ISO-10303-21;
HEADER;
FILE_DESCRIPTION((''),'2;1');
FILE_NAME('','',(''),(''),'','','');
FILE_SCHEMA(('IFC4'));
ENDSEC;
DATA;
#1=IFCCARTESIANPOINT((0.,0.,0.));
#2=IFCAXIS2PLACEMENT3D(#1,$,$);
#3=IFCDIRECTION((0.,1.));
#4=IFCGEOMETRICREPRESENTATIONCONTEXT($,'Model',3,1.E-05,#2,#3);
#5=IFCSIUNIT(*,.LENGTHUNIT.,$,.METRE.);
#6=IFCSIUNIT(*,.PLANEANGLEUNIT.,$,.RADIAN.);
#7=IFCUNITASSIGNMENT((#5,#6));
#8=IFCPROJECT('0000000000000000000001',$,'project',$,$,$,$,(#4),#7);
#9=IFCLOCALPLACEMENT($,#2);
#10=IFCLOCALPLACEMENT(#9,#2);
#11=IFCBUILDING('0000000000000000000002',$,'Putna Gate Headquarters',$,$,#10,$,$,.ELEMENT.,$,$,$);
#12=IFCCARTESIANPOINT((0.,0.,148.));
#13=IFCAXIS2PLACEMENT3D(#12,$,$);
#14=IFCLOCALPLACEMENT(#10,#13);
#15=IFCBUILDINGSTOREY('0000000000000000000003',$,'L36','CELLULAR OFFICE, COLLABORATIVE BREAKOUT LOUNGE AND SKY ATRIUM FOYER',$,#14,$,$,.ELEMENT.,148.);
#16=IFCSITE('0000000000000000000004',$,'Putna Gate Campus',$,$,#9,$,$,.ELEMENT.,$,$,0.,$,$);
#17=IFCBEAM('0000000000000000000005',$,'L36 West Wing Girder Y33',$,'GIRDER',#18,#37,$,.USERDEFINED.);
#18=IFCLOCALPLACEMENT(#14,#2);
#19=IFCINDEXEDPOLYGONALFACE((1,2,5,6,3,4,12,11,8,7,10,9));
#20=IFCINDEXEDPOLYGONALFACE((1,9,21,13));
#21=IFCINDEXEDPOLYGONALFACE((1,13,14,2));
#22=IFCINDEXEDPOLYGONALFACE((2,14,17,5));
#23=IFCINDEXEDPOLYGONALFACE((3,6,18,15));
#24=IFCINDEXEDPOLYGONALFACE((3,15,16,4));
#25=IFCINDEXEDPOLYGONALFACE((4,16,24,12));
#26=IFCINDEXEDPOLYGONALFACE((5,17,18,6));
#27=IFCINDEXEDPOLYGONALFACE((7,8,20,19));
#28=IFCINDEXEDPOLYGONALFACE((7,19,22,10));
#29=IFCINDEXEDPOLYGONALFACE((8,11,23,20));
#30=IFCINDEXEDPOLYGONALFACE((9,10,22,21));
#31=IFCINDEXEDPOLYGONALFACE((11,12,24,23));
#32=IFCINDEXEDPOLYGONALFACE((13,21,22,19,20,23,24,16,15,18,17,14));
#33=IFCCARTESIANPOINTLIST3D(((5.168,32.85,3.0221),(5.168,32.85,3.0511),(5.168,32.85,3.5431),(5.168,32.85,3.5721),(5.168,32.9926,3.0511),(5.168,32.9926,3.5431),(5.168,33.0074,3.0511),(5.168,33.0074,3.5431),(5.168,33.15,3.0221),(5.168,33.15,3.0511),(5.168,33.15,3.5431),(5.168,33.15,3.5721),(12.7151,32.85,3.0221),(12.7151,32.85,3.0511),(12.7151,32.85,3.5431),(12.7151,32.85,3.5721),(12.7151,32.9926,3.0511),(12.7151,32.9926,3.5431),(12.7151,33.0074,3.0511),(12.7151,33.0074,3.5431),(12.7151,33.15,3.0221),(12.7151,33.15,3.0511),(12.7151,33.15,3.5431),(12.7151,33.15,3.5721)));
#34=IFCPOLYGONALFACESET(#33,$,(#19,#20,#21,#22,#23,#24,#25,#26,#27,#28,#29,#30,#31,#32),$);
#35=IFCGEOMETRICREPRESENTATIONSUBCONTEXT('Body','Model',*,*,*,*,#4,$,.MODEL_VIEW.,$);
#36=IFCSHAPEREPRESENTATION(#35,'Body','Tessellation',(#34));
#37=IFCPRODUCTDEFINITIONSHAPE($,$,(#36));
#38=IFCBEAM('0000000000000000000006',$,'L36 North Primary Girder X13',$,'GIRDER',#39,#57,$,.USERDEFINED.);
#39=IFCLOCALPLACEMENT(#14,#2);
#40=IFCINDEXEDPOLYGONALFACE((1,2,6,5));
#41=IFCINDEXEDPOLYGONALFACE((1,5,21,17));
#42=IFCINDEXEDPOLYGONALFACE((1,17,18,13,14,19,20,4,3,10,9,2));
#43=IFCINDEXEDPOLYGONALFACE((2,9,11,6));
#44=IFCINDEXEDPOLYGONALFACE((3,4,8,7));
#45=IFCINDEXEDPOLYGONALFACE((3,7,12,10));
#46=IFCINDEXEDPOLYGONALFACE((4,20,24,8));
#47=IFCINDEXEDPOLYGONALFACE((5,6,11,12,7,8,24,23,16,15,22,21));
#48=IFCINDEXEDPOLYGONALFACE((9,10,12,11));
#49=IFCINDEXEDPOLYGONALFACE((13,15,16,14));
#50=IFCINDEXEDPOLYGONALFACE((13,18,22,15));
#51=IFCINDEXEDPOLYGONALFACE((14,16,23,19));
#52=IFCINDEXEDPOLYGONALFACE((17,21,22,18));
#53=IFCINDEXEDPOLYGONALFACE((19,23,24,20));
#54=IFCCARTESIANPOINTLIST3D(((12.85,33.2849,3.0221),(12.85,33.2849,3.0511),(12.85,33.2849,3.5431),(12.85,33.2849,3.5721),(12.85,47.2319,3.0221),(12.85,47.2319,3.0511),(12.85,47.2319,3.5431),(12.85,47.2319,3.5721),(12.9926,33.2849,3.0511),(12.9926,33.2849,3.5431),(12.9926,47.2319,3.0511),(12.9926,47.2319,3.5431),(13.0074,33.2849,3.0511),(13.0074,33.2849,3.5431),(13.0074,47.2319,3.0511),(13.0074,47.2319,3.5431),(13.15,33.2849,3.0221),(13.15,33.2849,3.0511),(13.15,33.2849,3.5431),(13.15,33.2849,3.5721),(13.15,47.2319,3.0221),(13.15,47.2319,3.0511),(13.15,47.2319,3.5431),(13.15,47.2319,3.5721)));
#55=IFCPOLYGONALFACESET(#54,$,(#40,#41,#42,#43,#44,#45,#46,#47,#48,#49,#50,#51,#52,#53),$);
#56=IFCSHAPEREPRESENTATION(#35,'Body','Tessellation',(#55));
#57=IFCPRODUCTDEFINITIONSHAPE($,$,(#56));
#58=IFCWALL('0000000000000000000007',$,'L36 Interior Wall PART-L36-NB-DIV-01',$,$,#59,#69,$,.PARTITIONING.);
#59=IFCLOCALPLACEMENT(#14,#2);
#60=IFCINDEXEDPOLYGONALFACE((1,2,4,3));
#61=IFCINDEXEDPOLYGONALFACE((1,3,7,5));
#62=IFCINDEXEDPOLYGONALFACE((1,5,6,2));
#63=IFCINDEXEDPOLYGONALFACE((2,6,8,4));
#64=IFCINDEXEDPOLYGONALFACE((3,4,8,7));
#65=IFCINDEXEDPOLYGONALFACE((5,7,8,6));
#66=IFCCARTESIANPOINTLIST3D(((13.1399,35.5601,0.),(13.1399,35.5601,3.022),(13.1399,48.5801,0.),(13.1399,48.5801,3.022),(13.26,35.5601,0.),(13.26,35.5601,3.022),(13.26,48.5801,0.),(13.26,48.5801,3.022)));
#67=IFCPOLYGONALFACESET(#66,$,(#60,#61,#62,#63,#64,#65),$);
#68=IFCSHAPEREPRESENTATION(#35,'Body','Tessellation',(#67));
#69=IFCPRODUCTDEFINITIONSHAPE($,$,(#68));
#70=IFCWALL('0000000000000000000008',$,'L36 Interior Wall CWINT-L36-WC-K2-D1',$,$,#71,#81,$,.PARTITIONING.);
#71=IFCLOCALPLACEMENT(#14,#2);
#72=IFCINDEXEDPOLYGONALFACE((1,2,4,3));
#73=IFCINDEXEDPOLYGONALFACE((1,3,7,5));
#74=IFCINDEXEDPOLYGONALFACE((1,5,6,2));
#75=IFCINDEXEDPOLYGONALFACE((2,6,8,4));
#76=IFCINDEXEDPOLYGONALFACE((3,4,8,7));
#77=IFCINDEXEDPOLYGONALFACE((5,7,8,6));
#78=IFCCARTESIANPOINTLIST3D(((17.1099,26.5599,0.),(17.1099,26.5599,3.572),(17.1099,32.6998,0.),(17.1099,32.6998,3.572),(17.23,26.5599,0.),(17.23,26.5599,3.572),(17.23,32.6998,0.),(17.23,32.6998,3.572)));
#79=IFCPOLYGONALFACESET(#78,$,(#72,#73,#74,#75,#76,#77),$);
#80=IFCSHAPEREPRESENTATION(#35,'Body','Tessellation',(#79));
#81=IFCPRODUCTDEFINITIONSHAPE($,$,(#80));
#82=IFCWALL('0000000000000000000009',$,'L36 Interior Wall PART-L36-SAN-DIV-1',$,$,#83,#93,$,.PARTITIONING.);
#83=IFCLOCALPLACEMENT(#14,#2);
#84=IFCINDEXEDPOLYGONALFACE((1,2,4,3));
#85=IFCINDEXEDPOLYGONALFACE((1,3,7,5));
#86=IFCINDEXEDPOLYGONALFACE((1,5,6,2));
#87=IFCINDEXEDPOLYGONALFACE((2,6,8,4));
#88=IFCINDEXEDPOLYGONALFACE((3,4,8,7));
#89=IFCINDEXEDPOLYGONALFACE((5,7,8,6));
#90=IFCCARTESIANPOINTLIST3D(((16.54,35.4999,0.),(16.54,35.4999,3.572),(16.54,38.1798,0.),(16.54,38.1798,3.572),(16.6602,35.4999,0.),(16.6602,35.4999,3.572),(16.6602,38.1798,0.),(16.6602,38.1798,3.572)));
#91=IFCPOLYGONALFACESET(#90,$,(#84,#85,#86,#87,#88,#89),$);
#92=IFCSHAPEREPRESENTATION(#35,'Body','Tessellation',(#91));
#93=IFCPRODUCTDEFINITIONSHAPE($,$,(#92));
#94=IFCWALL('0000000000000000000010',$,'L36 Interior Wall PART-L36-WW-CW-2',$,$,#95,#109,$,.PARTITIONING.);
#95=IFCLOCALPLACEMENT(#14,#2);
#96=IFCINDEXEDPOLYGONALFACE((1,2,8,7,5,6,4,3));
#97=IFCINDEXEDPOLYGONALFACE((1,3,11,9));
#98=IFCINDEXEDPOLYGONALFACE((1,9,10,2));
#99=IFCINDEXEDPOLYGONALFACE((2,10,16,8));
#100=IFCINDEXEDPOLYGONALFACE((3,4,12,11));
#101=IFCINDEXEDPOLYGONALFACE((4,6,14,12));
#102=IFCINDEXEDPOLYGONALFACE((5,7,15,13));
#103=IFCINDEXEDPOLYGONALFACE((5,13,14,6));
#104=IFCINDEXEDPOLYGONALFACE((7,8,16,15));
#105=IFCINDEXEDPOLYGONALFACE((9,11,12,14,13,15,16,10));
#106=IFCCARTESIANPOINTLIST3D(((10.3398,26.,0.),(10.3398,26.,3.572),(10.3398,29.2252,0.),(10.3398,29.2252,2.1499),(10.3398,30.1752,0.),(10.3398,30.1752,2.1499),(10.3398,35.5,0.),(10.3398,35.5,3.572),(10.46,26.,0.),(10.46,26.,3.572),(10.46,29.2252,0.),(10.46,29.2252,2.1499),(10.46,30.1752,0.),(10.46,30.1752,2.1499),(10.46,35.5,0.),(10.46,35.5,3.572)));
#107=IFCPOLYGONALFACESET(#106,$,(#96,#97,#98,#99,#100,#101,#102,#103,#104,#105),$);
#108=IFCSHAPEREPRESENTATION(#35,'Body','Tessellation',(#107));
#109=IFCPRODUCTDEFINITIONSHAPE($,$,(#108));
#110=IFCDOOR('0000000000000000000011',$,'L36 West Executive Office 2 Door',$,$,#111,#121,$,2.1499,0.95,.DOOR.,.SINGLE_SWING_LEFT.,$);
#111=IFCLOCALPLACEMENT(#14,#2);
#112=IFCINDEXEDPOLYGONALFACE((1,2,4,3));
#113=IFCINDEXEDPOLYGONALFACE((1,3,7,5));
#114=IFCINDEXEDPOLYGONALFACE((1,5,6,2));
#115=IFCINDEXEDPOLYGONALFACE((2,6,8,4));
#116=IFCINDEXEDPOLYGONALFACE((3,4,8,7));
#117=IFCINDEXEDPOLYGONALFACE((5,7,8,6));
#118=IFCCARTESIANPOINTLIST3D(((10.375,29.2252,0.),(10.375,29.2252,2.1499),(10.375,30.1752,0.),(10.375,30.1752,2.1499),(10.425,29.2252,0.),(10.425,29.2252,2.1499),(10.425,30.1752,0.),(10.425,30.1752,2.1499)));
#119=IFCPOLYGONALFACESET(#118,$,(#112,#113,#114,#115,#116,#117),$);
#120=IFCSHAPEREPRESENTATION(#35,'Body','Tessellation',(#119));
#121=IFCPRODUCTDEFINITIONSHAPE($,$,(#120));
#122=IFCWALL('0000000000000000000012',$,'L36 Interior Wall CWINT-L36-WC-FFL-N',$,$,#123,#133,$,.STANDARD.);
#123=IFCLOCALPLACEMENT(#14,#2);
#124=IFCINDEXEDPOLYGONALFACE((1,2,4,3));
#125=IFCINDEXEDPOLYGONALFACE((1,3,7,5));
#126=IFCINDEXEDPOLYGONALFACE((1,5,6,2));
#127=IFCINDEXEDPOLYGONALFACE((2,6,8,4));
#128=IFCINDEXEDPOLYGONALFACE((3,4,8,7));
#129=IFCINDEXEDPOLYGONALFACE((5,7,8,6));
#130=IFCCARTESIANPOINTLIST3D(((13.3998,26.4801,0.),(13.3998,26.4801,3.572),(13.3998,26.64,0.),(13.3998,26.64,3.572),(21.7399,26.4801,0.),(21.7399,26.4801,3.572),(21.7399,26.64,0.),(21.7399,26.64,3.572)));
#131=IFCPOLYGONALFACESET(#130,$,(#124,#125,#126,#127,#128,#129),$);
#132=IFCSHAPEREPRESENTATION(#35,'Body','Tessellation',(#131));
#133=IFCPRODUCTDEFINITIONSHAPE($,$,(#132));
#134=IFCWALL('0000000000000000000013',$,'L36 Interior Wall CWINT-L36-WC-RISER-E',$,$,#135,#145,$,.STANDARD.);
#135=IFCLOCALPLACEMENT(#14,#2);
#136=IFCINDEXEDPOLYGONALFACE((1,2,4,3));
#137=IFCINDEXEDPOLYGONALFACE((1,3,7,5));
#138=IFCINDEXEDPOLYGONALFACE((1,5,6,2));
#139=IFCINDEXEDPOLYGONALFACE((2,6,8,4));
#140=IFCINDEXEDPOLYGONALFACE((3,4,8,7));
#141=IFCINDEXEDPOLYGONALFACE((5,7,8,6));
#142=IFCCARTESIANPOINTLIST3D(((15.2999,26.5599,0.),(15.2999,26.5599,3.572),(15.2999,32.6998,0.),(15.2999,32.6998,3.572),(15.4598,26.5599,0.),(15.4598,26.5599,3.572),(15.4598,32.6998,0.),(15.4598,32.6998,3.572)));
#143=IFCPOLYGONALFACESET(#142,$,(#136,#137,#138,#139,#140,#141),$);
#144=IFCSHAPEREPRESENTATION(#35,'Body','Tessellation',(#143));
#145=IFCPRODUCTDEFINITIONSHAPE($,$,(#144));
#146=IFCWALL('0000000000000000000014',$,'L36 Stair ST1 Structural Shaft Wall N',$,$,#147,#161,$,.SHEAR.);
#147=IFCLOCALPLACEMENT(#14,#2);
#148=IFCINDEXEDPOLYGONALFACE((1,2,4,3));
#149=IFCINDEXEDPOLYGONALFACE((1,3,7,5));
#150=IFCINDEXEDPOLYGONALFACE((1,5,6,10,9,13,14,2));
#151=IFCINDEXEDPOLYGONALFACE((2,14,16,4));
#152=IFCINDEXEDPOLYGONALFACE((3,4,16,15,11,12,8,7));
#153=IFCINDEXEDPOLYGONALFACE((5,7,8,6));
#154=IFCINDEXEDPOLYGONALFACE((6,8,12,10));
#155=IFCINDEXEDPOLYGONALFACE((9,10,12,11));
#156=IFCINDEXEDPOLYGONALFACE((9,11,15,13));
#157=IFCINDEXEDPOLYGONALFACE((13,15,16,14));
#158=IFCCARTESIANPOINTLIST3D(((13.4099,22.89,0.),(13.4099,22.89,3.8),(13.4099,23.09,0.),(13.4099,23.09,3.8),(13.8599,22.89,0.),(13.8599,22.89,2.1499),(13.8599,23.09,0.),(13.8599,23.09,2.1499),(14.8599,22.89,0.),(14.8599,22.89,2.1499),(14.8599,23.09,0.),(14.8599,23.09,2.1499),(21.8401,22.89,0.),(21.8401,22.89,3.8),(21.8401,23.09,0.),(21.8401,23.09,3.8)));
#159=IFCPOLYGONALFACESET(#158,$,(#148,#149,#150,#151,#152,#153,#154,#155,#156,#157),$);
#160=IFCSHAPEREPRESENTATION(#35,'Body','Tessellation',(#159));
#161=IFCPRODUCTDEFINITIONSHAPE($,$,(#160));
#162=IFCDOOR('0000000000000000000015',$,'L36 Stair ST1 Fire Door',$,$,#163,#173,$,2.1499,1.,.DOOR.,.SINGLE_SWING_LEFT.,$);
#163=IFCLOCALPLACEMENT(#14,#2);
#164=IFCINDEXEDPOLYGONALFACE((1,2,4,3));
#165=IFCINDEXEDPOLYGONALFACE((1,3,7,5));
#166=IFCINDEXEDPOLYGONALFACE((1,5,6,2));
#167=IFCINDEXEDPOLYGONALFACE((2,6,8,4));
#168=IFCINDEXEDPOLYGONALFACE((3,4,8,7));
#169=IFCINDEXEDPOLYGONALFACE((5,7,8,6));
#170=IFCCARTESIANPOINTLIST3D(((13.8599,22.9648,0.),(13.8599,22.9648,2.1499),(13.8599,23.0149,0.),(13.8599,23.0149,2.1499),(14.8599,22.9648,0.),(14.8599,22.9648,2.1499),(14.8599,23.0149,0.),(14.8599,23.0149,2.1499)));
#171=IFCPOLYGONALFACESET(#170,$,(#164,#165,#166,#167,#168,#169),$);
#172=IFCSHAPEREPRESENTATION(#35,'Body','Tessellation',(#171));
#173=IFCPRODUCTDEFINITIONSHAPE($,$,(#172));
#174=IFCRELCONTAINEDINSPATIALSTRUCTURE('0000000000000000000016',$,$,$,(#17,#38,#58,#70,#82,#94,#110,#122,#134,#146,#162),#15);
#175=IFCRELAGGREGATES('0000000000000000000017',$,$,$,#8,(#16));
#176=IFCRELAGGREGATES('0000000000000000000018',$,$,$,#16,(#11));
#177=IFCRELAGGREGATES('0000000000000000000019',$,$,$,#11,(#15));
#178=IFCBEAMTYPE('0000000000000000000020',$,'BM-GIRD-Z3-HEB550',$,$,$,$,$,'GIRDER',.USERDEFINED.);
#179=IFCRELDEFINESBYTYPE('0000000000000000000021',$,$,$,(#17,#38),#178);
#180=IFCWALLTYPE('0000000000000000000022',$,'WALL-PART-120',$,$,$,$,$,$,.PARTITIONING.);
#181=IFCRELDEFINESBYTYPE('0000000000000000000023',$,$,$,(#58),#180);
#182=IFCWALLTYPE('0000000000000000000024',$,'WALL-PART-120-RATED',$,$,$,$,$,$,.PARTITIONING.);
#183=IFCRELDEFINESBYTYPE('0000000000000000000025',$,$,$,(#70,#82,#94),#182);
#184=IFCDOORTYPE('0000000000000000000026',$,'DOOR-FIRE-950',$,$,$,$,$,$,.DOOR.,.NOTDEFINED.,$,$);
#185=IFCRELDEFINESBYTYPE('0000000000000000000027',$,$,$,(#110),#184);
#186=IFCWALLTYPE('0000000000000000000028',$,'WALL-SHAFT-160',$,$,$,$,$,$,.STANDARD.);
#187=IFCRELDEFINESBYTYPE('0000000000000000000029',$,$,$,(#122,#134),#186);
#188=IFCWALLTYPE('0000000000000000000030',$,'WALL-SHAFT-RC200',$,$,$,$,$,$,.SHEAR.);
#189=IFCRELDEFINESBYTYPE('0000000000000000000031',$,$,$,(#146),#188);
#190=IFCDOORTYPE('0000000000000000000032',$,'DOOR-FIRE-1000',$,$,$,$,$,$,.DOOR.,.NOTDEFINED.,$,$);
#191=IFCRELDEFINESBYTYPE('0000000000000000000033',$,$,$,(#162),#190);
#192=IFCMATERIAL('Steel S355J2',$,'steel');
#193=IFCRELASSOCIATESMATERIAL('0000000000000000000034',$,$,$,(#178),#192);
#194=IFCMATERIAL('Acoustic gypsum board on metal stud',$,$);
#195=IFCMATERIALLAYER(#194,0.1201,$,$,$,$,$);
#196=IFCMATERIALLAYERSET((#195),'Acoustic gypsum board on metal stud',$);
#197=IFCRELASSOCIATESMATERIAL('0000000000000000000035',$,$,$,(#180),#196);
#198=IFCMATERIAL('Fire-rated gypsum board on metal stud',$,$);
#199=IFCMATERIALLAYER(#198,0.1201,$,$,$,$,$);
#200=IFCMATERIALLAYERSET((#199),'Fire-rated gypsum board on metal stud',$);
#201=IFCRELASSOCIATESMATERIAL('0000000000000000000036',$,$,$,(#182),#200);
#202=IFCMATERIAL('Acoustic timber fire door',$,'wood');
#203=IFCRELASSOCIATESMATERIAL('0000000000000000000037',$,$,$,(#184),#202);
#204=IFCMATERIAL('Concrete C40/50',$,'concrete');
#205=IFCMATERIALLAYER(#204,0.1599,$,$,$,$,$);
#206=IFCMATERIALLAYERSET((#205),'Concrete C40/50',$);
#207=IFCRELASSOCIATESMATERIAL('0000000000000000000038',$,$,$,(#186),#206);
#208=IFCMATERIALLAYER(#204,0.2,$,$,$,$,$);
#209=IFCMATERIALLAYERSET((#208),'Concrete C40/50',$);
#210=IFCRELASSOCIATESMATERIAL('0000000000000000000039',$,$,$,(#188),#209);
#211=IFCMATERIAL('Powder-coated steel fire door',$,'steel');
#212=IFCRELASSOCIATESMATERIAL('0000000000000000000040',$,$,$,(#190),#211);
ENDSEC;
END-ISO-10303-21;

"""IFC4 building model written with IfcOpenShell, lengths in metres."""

from ifc_helpers import new_model, si_unit, direction, frame, frame_2d, origin, origin_2d, place, context, subcontext, project, spatial, rectangle, i_section, extrude, material, layer, layer_set, material_profile, profile_set, type_object, element, fill, save


model = new_model("IFC4")

# Units and contexts
model_context = context("Model", 3, precision=1e-05, world=origin(), true_north=direction((0.0, 1.0)))
body_context = subcontext(model_context, "Body", "Model", "MODEL_VIEW")
ifc_project = project(units=[si_unit("LENGTHUNIT", "METRE"), si_unit("PLANEANGLEUNIT", "RADIAN")], contexts=[model_context])

# Site, building, storey
site_placement = place(None, origin())
site = spatial("IfcSite", under=ifc_project, at=site_placement, Name="Putna Gate Campus", CompositionType="ELEMENT", RefElevation=0.0)
building_placement = place(site_placement, origin())
building = spatial("IfcBuilding", under=site, at=building_placement, Name="Putna Gate Headquarters", CompositionType="ELEMENT")
storey_placement = place(building_placement, frame((0.0, 0.0, 148.0)))
storey = spatial("IfcBuildingStorey", under=building, at=storey_placement, Name="L36", Description="CELLULAR OFFICE, COLLABORATIVE BREAKOUT LOUNGE AND SKY ATRIUM FOYER", CompositionType="ELEMENT", Elevation=148.0)

# Beams
ifc_material_1 = material(Name="Steel S355J2", Category="steel")
ifc_material_profile = material_profile(ifc_material_1, i_section(OverallWidth=0.3, OverallDepth=0.55, WebThickness=0.0149, FlangeThickness=0.0291, at=origin_2d()), Name="Steel S355J2")
ifc_profile_set = profile_set([ifc_material_profile], Name="Steel S355J2")
beam_type = type_object("IfcBeamType", Name="BM-GIRD-Z3-HEB550", ElementType="GIRDER", PredefinedType="USERDEFINED", material=ifc_profile_set)
beam_1_placement = place(storey_placement, frame((5.168, 33.0, 3.2971), z_axis=(1.0, 0.0, 0.0), x_axis=(0.0, 1.0, 0.0)))
element("IfcBeam", 1, at=beam_1_placement, inside=storey, type_object=beam_type, Name="L36 West Wing Girder Y33", ObjectType="GIRDER", PredefinedType="USERDEFINED", context=body_context, shape_type="SweptSolid", body=[
    extrude(i_section(OverallWidth=0.3, OverallDepth=0.55, WebThickness=0.0149, FlangeThickness=0.0291, at=origin_2d()), origin(), (0.0, 0.0, 1.0), 7.5471),
])
beam_2_placement = place(storey_placement, frame((13.0, 33.2849, 3.2971), z_axis=(0.0, 1.0, 0.0), x_axis=(-1.0, 0.0, 0.0)))
element("IfcBeam", 2, at=beam_2_placement, inside=storey, type_object=beam_type, Name="L36 North Primary Girder X13", ObjectType="GIRDER", PredefinedType="USERDEFINED", context=body_context, shape_type="SweptSolid", body=[
    extrude(i_section(OverallWidth=0.3, OverallDepth=0.55, WebThickness=0.0149, FlangeThickness=0.0291, at=origin_2d()), origin(), (0.0, 0.0, 1.0), 13.947),
])

# Walls
ifc_material_2 = material(Name="Acoustic gypsum board on metal stud")
ifc_layer_1 = layer(ifc_material_2, 0.1201)
ifc_layer_set_1 = layer_set([ifc_layer_1], Name="Acoustic gypsum board on metal stud")
wall_type_1 = type_object("IfcWallType", Name="WALL-PART-120", PredefinedType="PARTITIONING", material=ifc_layer_set_1)
wall_1_placement = place(storey_placement, frame((13.2, 35.5601, 0.0), z_axis=(0.0, 0.0, 1.0), x_axis=(0.0, 1.0, 0.0)))
element("IfcWall", 3, at=wall_1_placement, inside=storey, type_object=wall_type_1, Name="L36 Interior Wall PART-L36-NB-DIV-01", PredefinedType="PARTITIONING", context=body_context, shape_type="SweptSolid", body=[
    extrude(rectangle(XDim=13.02, YDim=0.1201, at=frame_2d((6.51, 0.0))), origin(), (0.0, 0.0, 1.0), 3.022),
])
ifc_material_3 = material(Name="Fire-rated gypsum board on metal stud")
ifc_layer_2 = layer(ifc_material_3, 0.1201)
ifc_layer_set_2 = layer_set([ifc_layer_2], Name="Fire-rated gypsum board on metal stud")
wall_type_2 = type_object("IfcWallType", Name="WALL-PART-120-RATED", PredefinedType="PARTITIONING", material=ifc_layer_set_2)
wall_2_placement = place(storey_placement, frame((17.1699, 26.5601, 0.0), z_axis=(0.0, 0.0, 1.0), x_axis=(0.0, 1.0, 0.0)))
element("IfcWall", 4, at=wall_2_placement, inside=storey, type_object=wall_type_2, Name="L36 Interior Wall CWINT-L36-WC-K2-D1", PredefinedType="PARTITIONING", context=body_context, shape_type="SweptSolid", body=[
    extrude(rectangle(XDim=6.1399, YDim=0.1201, at=frame_2d((3.0698, 0.0))), origin(), (0.0, 0.0, 1.0), 3.572),
])

# Shared definitions
ifc_material_4 = material(Name="Acoustic timber fire door", Category="wood")
door_type_1 = type_object("IfcDoorType", Name="DOOR-FIRE-950", OperationType="NOTDEFINED", PredefinedType="DOOR", material=ifc_material_4)

# Wall
wall_3_placement = place(storey_placement, frame((16.6001, 35.5, 0.0), z_axis=(0.0, 0.0, 1.0), x_axis=(0.0, 1.0, 0.0)))
element("IfcWall", 5, at=wall_3_placement, inside=storey, type_object=wall_type_2, Name="L36 Interior Wall PART-L36-SAN-DIV-1", PredefinedType="PARTITIONING", context=body_context, shape_type="SweptSolid", body=[
    extrude(rectangle(XDim=2.6799, YDim=0.1201, at=frame_2d((1.3398, 0.0))), origin(), (0.0, 0.0, 1.0), 3.572),
])

# Wall, opening, door
wall_4_placement = place(storey_placement, frame((10.3999, 26.0, 0.0), z_axis=(0.0, 0.0, 1.0), x_axis=(0.0, 1.0, 0.0)))
wall_4 = element("IfcWall", 6, at=wall_4_placement, inside=storey, type_object=wall_type_2, Name="L36 Interior Wall PART-L36-WW-CW-2", PredefinedType="PARTITIONING", context=body_context, shape_type="SweptSolid", body=[
    extrude(rectangle(XDim=9.5, YDim=0.1201, at=frame_2d((4.75, 0.0))), origin(), (0.0, 0.0, 1.0), 3.572),
])
opening_1_placement = place(wall_4_placement, frame((3.2251, 0.0, 0.0)))
opening_1 = element("IfcOpeningElement", 7, at=opening_1_placement, cuts=wall_4, PredefinedType="OPENING", context=body_context, shape_type="SweptSolid", body=[
    extrude(rectangle(XDim=0.95, YDim=2.1499, at=frame_2d((0.4751, 1.075))), frame((0.0, 0.0701, 0.0), z_axis=(0.0, -1.0, 0.0), x_axis=(1.0, 0.0, 0.0)), (0.0, 0.0, 1.0), 0.1401),
])
door_1_placement = place(opening_1_placement, origin())
door_1 = element("IfcDoor", 8, at=door_1_placement, inside=storey, type_object=door_type_1, Name="L36 West Executive Office 2 Door", OperationType="SINGLE_SWING_LEFT", OverallHeight=2.1499, OverallWidth=0.95, PredefinedType="DOOR", context=body_context, shape_type="SweptSolid", body=[
    extrude(rectangle(XDim=0.95, YDim=2.1499, at=frame_2d((0.4751, 1.075))), frame((0.0, 0.0249, 0.0), z_axis=(0.0, -1.0, 0.0), x_axis=(1.0, 0.0, 0.0)), (0.0, 0.0, 1.0), 0.05),
])
fill(opening_1, door_1)

# Walls
ifc_material_5 = material(Name="Concrete C40/50", Category="concrete")
ifc_layer_3 = layer(ifc_material_5, 0.1599)
ifc_layer_set_3 = layer_set([ifc_layer_3], Name="Concrete C40/50")
wall_type_3 = type_object("IfcWallType", Name="WALL-SHAFT-160", PredefinedType="STANDARD", material=ifc_layer_set_3)
wall_5_placement = place(storey_placement, frame((13.3999, 26.5601, 0.0), z_axis=(0.0, 0.0, 1.0), x_axis=(1.0, 0.0, 0.0)))
element("IfcWall", 9, at=wall_5_placement, inside=storey, type_object=wall_type_3, Name="L36 Interior Wall CWINT-L36-WC-FFL-N", PredefinedType="STANDARD", context=body_context, shape_type="SweptSolid", body=[
    extrude(rectangle(XDim=8.3401, YDim=0.1599, at=frame_2d((4.1699, 0.0))), origin(), (0.0, 0.0, 1.0), 3.572),
])
wall_6_placement = place(storey_placement, frame((15.3799, 26.5601, 0.0), z_axis=(0.0, 0.0, 1.0), x_axis=(0.0, 1.0, 0.0)))
element("IfcWall", 10, at=wall_6_placement, inside=storey, type_object=wall_type_3, Name="L36 Interior Wall CWINT-L36-WC-RISER-E", PredefinedType="STANDARD", context=body_context, shape_type="SweptSolid", body=[
    extrude(rectangle(XDim=6.1399, YDim=0.1599, at=frame_2d((3.0698, 0.0))), origin(), (0.0, 0.0, 1.0), 3.572),
])

# Wall, opening, door
ifc_layer_4 = layer(ifc_material_5, 0.2)
ifc_layer_set_4 = layer_set([ifc_layer_4], Name="Concrete C40/50")
wall_type_4 = type_object("IfcWallType", Name="WALL-SHAFT-RC200", PredefinedType="SHEAR", material=ifc_layer_set_4)
wall_7_placement = place(storey_placement, frame((13.4099, 22.99, 0.0), z_axis=(0.0, 0.0, 1.0), x_axis=(1.0, 0.0, 0.0)))
wall_7 = element("IfcWall", 11, at=wall_7_placement, inside=storey, type_object=wall_type_4, Name="L36 Stair ST1 Structural Shaft Wall N", PredefinedType="SHEAR", context=body_context, shape_type="SweptSolid", body=[
    extrude(rectangle(XDim=8.4302, YDim=0.2, at=frame_2d((4.2151, 0.0))), origin(), (0.0, 0.0, 1.0), 3.8),
])
opening_2_placement = place(wall_7_placement, frame((0.45, 0.0, 0.0)))
opening_2 = element("IfcOpeningElement", 12, at=opening_2_placement, cuts=wall_7, PredefinedType="OPENING", context=body_context, shape_type="SweptSolid", body=[
    extrude(rectangle(XDim=1.0, YDim=2.1499, at=frame_2d((0.5, 1.075))), frame((0.0, 0.1099, 0.0), z_axis=(0.0, -1.0, 0.0), x_axis=(1.0, 0.0, 0.0)), (0.0, 0.0, 1.0), 0.22),
])
ifc_material_6 = material(Name="Powder-coated steel fire door", Category="steel")
door_type_2 = type_object("IfcDoorType", Name="DOOR-FIRE-1000", OperationType="NOTDEFINED", PredefinedType="DOOR", material=ifc_material_6)
door_2_placement = place(opening_2_placement, origin())
door_2 = element("IfcDoor", 13, at=door_2_placement, inside=storey, type_object=door_type_2, Name="L36 Stair ST1 Fire Door", OperationType="SINGLE_SWING_LEFT", OverallHeight=2.1499, OverallWidth=1.0, PredefinedType="DOOR", context=body_context, shape_type="SweptSolid", body=[
    extrude(rectangle(XDim=1.0, YDim=2.1499, at=frame_2d((0.5, 1.075))), frame((0.0, 0.0249, 0.0), z_axis=(0.0, -1.0, 0.0), x_axis=(1.0, 0.0, 0.0)), (0.0, 0.0, 1.0), 0.05),
])
fill(opening_2, door_2)

save(model, "model.ifc")
